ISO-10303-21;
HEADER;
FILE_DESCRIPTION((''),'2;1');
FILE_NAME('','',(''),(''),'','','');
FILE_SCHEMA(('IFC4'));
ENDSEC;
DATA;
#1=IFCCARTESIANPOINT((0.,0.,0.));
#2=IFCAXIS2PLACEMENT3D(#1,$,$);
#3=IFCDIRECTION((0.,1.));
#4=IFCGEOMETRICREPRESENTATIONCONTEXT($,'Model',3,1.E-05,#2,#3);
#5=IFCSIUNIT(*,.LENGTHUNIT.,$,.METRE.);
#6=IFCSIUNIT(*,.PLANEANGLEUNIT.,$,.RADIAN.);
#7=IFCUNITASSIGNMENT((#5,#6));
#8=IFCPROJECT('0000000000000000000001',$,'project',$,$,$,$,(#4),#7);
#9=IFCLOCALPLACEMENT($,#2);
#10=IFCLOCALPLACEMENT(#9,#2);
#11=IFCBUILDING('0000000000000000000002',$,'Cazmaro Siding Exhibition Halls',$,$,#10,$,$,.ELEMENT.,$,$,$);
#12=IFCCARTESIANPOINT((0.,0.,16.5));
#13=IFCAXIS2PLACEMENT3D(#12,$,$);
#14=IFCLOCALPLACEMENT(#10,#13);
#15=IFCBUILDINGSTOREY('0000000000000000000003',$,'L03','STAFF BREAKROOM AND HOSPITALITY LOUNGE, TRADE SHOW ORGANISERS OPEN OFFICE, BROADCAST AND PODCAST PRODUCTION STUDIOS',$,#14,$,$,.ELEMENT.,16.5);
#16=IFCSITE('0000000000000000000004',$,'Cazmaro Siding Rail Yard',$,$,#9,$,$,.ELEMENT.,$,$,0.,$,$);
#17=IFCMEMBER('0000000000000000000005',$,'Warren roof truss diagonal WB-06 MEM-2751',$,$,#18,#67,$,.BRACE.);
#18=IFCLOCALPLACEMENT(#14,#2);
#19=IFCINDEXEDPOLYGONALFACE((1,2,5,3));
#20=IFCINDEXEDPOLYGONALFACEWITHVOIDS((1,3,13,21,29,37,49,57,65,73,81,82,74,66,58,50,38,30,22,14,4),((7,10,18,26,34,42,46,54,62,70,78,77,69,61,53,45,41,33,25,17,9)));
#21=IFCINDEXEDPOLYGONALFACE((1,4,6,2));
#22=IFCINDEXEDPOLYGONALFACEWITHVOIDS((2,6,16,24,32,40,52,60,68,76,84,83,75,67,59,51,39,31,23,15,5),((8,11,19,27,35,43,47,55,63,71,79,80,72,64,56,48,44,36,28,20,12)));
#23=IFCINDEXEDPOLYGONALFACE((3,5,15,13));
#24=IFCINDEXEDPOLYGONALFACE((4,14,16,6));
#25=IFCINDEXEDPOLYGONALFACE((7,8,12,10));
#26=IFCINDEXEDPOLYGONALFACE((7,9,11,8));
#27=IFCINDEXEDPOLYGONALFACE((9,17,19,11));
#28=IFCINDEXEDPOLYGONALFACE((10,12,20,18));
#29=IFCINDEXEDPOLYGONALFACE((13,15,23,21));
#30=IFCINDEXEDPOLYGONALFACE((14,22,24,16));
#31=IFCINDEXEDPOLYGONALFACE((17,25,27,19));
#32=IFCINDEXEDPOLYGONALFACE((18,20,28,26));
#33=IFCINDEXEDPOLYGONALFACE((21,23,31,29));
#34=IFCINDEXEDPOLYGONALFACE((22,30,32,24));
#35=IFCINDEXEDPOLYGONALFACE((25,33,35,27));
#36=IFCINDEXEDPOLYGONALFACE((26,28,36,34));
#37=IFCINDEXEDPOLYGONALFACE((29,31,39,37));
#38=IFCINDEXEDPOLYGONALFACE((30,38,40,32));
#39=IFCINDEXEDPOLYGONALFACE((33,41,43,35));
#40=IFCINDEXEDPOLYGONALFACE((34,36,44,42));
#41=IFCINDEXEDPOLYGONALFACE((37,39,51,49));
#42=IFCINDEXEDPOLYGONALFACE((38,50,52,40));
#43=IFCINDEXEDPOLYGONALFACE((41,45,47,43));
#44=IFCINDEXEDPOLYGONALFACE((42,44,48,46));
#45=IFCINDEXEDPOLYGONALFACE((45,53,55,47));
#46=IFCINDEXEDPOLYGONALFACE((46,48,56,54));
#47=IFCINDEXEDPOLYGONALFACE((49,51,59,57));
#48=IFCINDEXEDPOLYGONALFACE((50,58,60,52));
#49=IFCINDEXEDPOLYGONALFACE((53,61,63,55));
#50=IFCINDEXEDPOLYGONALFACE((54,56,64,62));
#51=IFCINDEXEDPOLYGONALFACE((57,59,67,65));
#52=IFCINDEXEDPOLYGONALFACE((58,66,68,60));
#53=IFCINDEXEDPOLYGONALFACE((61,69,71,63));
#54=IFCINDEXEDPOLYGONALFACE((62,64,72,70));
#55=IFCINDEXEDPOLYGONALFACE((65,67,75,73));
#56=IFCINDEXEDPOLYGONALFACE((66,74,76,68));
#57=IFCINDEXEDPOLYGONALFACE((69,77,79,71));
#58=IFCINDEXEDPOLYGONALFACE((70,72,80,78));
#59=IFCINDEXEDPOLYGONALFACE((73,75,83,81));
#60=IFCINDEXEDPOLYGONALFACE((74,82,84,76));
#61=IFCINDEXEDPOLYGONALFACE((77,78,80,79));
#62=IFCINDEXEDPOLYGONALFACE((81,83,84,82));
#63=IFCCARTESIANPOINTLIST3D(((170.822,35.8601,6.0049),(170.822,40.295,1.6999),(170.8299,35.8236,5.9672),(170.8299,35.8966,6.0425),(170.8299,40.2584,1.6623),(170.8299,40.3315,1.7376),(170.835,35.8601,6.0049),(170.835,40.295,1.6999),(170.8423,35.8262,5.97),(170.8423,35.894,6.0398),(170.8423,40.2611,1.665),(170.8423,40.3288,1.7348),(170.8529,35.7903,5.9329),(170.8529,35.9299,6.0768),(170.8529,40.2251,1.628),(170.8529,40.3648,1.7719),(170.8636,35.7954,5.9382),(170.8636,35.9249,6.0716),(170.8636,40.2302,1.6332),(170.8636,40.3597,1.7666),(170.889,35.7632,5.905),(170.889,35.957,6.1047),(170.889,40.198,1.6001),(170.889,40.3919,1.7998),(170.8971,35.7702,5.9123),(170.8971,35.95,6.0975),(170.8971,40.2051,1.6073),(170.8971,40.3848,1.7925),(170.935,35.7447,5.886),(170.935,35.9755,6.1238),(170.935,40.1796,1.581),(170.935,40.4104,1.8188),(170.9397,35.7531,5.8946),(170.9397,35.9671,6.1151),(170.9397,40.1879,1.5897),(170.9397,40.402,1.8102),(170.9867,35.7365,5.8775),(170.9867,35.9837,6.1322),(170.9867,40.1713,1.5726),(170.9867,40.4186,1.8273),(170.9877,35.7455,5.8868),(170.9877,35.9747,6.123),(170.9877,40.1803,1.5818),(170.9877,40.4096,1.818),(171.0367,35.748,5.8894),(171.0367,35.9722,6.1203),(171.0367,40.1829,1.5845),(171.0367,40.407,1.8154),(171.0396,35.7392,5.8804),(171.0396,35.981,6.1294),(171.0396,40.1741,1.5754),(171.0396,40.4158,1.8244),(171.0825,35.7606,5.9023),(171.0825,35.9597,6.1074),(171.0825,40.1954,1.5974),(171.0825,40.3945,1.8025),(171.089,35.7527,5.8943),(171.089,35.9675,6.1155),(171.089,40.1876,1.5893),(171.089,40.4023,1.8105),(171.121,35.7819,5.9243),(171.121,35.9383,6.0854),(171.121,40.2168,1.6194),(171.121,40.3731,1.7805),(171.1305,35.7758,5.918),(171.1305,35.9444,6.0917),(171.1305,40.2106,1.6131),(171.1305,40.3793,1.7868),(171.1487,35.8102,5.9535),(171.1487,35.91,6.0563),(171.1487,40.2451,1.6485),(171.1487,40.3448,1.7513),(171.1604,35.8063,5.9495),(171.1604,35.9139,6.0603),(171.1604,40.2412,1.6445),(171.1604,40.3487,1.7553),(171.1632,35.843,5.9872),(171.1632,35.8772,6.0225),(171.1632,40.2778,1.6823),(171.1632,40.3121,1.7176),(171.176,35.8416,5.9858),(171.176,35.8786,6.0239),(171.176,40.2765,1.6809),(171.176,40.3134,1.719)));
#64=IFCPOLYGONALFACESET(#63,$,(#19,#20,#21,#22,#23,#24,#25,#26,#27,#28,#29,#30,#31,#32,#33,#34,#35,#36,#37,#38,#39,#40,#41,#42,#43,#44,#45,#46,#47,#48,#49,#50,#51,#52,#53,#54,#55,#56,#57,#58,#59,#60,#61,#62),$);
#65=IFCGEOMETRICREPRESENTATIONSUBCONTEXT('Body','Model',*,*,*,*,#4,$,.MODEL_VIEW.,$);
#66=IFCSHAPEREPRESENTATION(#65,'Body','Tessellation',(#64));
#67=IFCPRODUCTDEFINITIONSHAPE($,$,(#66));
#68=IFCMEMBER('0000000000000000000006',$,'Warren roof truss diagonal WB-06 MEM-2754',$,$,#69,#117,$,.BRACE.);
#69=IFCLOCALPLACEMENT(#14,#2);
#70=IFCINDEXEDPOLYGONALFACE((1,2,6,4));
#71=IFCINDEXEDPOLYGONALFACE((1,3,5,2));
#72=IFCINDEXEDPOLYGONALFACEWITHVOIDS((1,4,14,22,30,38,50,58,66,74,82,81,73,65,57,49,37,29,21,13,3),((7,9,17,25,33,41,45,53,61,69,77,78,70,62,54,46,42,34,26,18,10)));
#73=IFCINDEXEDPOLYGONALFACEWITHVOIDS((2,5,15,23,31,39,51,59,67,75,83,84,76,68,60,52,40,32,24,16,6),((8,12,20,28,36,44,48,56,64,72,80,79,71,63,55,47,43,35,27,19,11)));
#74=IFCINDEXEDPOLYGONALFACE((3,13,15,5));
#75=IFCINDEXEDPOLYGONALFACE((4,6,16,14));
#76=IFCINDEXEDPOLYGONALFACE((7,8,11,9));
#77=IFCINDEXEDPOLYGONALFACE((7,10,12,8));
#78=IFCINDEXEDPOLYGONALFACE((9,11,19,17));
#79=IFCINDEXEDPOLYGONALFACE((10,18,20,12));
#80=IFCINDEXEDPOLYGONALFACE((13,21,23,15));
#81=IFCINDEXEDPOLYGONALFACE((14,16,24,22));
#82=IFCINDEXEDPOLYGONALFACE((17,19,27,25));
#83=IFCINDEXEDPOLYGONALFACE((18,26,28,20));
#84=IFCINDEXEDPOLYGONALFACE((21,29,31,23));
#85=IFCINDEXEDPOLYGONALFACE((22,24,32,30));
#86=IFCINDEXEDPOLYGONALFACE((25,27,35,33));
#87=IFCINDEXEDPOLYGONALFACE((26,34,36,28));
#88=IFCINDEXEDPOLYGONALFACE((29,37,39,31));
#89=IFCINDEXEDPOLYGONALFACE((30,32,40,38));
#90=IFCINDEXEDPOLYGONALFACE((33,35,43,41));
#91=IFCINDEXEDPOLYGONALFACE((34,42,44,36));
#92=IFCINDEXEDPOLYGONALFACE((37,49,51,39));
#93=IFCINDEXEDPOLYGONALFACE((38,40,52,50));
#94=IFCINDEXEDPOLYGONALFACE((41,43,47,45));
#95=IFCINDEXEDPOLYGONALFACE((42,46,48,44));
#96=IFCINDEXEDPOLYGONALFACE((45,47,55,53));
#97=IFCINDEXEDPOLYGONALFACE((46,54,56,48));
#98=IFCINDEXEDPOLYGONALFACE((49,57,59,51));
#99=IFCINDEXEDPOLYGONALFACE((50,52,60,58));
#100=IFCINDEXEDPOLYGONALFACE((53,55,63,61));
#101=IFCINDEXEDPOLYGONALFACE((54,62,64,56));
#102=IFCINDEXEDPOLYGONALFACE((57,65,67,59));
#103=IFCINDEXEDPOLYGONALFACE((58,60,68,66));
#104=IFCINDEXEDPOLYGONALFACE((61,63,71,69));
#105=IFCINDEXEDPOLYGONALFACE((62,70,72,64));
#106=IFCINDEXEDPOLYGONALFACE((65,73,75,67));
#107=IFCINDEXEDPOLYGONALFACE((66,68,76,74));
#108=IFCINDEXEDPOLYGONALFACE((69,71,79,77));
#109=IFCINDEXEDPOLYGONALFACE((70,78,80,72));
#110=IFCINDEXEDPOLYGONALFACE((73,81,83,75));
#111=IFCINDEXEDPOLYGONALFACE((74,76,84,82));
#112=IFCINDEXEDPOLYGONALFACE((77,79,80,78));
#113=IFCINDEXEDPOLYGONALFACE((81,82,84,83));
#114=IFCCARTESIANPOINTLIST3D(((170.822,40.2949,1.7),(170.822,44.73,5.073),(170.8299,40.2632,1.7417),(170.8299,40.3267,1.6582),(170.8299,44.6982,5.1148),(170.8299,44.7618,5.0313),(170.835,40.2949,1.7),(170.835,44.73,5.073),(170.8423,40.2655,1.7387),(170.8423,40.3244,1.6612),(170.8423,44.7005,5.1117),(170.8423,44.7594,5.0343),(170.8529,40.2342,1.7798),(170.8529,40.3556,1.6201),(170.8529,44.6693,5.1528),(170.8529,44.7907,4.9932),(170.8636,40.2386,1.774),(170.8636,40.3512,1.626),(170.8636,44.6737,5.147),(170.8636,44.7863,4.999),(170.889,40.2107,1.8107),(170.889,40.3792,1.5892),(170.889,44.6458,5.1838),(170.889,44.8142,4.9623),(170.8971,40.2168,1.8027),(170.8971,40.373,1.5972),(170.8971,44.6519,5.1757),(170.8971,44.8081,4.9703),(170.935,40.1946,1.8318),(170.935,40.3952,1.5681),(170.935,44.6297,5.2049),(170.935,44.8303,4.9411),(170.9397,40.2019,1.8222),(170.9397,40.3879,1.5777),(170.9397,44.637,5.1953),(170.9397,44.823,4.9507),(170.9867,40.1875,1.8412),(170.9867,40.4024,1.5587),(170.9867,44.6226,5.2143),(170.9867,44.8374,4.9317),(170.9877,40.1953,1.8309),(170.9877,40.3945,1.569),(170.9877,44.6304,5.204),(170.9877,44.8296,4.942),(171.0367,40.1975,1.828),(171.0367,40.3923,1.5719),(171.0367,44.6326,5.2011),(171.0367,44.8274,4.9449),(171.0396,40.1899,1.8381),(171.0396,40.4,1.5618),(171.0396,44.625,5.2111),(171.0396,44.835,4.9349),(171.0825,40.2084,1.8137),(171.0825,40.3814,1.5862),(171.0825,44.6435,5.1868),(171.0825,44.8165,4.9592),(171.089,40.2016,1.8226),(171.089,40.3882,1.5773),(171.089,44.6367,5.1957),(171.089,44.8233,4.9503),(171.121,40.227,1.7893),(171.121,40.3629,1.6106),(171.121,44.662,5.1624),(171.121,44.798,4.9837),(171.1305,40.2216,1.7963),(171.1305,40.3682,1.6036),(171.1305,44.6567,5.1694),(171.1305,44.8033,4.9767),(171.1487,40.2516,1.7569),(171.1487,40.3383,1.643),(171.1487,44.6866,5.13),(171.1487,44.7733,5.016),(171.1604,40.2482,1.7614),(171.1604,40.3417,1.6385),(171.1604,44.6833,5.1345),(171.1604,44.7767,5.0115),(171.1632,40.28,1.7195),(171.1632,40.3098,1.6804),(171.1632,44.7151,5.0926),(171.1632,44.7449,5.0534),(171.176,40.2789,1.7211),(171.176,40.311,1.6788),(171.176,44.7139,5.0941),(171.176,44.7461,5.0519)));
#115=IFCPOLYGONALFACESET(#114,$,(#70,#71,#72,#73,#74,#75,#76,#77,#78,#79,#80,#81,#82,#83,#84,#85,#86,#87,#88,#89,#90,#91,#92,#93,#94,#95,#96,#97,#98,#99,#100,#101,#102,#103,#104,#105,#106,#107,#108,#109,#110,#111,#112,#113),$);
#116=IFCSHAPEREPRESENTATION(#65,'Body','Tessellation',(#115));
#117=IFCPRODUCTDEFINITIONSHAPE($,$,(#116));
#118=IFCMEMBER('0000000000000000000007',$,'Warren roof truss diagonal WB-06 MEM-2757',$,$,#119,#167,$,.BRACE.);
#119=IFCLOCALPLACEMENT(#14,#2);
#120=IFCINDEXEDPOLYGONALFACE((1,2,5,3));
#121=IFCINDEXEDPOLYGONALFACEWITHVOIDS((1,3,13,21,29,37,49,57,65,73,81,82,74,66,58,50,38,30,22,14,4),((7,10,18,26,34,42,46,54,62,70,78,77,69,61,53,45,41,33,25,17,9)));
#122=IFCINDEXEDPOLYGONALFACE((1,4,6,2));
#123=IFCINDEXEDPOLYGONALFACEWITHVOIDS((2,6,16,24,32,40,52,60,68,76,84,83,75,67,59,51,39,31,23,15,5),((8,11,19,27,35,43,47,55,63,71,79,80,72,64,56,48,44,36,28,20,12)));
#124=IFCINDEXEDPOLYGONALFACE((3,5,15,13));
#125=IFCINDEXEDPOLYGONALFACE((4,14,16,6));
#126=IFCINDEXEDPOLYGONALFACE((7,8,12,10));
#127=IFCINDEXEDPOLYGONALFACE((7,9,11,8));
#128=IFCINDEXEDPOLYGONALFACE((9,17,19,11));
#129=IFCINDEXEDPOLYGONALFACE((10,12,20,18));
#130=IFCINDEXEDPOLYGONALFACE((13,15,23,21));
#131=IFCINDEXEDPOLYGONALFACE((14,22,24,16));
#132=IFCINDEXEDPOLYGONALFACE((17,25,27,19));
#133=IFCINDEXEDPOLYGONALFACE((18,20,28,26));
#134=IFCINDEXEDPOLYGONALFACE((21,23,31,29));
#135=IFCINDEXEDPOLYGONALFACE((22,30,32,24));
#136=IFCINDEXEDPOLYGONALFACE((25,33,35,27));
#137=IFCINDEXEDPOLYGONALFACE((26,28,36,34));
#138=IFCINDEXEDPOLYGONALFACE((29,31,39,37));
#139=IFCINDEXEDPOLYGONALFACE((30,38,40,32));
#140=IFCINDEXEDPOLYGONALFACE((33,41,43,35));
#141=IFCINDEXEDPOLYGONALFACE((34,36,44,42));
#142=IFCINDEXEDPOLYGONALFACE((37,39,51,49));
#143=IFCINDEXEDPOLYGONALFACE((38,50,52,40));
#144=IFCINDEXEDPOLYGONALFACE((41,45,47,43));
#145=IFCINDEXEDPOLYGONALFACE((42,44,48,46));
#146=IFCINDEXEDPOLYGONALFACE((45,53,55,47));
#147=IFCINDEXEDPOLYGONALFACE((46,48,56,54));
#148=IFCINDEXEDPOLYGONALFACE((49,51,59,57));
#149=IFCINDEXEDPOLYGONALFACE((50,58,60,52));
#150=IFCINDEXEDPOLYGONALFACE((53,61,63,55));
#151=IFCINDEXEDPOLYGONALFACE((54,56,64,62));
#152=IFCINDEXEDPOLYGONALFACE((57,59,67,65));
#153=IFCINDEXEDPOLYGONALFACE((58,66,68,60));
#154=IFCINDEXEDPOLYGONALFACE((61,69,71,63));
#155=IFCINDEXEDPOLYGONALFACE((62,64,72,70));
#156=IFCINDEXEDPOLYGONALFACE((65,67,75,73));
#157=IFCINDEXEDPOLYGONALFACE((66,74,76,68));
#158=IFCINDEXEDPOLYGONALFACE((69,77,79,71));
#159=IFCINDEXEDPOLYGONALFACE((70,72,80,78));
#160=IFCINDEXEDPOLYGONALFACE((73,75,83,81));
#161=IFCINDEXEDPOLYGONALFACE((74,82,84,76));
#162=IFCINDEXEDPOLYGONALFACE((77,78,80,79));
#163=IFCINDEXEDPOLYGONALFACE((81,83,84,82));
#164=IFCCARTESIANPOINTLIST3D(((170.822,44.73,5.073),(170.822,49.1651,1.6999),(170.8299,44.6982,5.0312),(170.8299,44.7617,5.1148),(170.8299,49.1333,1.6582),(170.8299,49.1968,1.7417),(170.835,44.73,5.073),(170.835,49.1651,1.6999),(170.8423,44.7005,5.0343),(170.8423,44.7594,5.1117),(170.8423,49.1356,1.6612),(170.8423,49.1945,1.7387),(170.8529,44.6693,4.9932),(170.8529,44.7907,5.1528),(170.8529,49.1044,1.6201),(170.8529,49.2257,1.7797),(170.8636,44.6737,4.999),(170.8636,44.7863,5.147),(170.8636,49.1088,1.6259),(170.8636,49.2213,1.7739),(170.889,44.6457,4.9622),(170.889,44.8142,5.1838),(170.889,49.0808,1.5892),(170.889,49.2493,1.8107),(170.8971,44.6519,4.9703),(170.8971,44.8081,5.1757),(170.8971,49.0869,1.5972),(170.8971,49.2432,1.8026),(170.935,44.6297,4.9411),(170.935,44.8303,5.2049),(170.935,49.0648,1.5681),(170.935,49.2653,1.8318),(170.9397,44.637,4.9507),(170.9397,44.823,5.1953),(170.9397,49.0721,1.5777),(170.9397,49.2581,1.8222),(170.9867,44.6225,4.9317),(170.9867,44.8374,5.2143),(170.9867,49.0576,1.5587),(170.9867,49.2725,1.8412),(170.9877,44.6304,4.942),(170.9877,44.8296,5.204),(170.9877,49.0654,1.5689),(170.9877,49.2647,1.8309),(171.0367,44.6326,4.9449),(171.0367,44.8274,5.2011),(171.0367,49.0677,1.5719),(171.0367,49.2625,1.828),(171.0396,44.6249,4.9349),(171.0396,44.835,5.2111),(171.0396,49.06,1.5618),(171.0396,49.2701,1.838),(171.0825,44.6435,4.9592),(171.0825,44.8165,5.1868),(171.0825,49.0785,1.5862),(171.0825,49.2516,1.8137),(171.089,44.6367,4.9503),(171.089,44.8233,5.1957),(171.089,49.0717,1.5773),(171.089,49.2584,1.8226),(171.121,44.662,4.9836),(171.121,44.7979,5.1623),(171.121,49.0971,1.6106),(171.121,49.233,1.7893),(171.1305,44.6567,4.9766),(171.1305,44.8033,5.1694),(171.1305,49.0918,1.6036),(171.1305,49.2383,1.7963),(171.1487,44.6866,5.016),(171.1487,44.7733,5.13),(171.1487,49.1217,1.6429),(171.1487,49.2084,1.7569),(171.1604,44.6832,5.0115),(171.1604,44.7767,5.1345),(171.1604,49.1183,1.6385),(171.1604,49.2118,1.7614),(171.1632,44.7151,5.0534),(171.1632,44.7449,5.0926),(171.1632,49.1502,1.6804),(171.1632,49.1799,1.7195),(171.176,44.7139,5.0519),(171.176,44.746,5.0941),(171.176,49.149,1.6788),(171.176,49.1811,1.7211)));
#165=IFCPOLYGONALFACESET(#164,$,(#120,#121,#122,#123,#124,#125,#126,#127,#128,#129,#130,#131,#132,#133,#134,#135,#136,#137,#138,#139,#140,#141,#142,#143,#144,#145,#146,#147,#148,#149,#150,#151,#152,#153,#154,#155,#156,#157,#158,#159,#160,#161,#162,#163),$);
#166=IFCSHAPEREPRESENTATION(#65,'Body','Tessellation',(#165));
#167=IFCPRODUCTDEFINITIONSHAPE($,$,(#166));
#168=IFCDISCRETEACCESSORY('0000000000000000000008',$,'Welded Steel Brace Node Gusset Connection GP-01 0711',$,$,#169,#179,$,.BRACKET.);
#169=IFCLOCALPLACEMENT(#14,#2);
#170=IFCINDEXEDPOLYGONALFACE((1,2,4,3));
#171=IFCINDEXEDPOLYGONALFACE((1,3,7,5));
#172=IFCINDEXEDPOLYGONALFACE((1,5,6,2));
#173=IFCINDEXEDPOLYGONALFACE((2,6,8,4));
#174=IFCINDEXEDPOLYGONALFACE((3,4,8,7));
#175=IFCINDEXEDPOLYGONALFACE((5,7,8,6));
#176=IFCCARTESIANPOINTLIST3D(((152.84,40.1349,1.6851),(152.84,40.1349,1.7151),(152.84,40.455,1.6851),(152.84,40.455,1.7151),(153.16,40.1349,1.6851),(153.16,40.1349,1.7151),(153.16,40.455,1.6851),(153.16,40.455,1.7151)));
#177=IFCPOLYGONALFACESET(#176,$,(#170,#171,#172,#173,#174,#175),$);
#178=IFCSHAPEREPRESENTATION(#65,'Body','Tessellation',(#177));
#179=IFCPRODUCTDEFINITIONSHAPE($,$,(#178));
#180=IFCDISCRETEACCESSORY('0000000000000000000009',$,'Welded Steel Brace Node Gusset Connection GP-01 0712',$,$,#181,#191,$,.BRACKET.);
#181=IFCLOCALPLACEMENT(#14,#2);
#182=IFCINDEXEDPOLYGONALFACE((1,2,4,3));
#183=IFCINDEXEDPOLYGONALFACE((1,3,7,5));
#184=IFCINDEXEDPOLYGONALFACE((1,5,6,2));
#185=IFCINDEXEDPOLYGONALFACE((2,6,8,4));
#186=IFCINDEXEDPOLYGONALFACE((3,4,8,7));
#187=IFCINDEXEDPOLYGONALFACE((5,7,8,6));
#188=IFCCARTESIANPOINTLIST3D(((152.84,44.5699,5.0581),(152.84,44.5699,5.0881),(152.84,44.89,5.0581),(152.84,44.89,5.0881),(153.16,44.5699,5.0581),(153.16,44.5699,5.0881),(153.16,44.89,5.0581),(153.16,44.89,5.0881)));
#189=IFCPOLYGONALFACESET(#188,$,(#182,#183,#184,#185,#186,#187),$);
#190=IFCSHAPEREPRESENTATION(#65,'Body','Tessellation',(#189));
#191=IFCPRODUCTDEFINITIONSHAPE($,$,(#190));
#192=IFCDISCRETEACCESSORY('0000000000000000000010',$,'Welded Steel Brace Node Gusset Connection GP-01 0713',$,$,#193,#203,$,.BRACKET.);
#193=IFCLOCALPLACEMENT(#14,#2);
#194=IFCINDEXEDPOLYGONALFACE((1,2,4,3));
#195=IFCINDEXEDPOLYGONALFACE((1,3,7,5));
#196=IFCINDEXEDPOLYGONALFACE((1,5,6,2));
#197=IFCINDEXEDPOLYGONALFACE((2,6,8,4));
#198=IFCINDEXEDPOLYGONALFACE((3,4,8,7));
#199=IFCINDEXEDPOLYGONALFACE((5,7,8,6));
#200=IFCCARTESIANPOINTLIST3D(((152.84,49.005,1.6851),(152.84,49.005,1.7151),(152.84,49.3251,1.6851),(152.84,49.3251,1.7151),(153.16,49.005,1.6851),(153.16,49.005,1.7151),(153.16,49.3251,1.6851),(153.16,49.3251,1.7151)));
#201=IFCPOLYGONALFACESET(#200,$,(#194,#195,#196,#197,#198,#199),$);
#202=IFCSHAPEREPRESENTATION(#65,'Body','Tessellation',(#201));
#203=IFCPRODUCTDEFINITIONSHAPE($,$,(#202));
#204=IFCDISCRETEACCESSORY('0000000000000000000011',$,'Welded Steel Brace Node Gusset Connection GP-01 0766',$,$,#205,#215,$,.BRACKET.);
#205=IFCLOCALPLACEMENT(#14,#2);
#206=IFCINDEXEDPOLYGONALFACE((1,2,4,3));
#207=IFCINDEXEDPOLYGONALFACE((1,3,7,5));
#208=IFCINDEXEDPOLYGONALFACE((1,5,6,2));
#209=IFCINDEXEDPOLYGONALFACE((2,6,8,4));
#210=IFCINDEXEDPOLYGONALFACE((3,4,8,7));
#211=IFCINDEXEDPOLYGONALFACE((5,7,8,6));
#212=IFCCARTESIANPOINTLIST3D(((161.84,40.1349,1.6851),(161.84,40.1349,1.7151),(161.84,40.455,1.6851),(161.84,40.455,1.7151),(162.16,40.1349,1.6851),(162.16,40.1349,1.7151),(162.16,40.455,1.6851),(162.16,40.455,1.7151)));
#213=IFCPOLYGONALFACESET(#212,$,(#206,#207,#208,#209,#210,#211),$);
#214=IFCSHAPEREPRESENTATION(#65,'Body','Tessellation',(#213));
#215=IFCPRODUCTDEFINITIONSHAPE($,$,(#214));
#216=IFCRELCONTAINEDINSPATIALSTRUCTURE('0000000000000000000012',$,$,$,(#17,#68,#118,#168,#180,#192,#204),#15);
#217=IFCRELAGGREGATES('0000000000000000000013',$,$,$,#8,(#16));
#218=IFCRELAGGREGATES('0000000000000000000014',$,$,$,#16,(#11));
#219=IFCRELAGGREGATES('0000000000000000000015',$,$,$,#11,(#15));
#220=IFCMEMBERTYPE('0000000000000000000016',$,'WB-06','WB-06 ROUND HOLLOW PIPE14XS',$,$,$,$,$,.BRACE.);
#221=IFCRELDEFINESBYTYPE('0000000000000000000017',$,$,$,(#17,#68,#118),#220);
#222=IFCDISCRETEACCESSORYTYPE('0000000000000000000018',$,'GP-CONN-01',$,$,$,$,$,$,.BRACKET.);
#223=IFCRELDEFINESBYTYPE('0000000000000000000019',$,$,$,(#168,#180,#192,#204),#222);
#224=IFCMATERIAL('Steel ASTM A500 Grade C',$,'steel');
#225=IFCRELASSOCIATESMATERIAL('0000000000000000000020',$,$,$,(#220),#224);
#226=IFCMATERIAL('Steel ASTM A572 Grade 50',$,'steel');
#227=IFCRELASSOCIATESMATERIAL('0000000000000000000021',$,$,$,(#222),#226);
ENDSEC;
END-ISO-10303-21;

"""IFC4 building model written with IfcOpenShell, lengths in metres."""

from ifc_helpers import new_model, si_unit, direction, frame, origin, origin_2d, place, context, subcontext, project, spatial, rectangle, hollow_circle, extrude, material, material_profile, profile_set, type_object, element, save


model = new_model("IFC4")

# Units and contexts
model_context = context("Model", 3, precision=1e-05, world=origin(), true_north=direction((0.0, 1.0)))
body_context = subcontext(model_context, "Body", "Model", "MODEL_VIEW")
ifc_project = project(units=[si_unit("LENGTHUNIT", "METRE"), si_unit("PLANEANGLEUNIT", "RADIAN")], contexts=[model_context])

# Site, building, storey
site_placement = place(None, origin())
site = spatial("IfcSite", under=ifc_project, at=site_placement, Name="Cazmaro Siding Rail Yard", CompositionType="ELEMENT", RefElevation=0.0)
building_placement = place(site_placement, origin())
building = spatial("IfcBuilding", under=site, at=building_placement, Name="Cazmaro Siding Exhibition Halls", CompositionType="ELEMENT")
storey_placement = place(building_placement, frame((0.0, 0.0, 16.5)))
storey = spatial("IfcBuildingStorey", under=building, at=storey_placement, Name="L03", Description="STAFF BREAKROOM AND HOSPITALITY LOUNGE, TRADE SHOW ORGANISERS OPEN OFFICE, BROADCAST AND PODCAST PRODUCTION STUDIOS", CompositionType="ELEMENT", Elevation=16.5)

# Members
ifc_material_1 = material(Name="Steel ASTM A500 Grade C", Category="steel")
ifc_material_profile_1 = material_profile(ifc_material_1, hollow_circle(Radius=0.178, WallThickness=0.0129, at=origin_2d()), Name="PIPE14XS")
ifc_profile_set_1 = profile_set([ifc_material_profile_1], Name="Steel ASTM A500 Grade C")
member_type_1 = type_object("IfcMemberType", Name="WB-06", Description="WB-06 ROUND HOLLOW PIPE14XS", PredefinedType="BRACE", material=ifc_profile_set_1)
member_1_placement = place(storey_placement, frame((171.0, 35.8601, 6.0049), z_axis=(0.0, 0.717536, -0.696521), x_axis=(-1.0, 0.0, 0.0)))
element("IfcMember", 1, at=member_1_placement, inside=storey, type_object=member_type_1, Name="Warren roof truss diagonal WB-06 MEM-2751", PredefinedType="BRACE", context=body_context, shape_type="SweptSolid", body=[
    extrude(hollow_circle(Radius=0.178, WallThickness=0.0129, at=origin_2d()), origin(), (0.0, 0.0, 1.0), 6.1807),
])
for number, where, z_axis, x_axis, name in (
    (2, (171.0, 40.2949, 1.7), (0.0, 0.795954, 0.605357), (-1.0, 0.0, 0.0), "Warren roof truss diagonal WB-06 MEM-2754"),
    (3, (171.0, 44.73, 5.073), (0.0, 0.795954, -0.605357), (-1.0, 0.0, 0.0), "Warren roof truss diagonal WB-06 MEM-2757"),
):
    element("IfcMember", number, at=place(storey_placement, frame(where, z_axis=z_axis, x_axis=x_axis)), inside=storey, type_object=member_type_1, Name=name, PredefinedType="BRACE", context=body_context, shape_type="SweptSolid", body=[
        extrude(hollow_circle(Radius=0.178, WallThickness=0.0129, at=origin_2d()), origin(), (0.0, 0.0, 1.0), 5.572),
    ])

# Discrete accessories
ifc_material_2 = material(Name="Steel ASTM A572 Grade 50", Category="steel")
discrete_accessory_type = type_object("IfcDiscreteAccessoryType", Name="GP-CONN-01", PredefinedType="BRACKET", material=ifc_material_2)
for number, where, z_axis, x_axis, name in (
    (4, (153.0, 40.2949, 1.6851), (0.0, 0.0, 1.0), (1.0, 0.0, 0.0), "Welded Steel Brace Node Gusset Connection GP-01 0711"),
    (5, (153.0, 44.73, 5.0581), (0.0, 0.0, 1.0), (1.0, 0.0, 0.0), "Welded Steel Brace Node Gusset Connection GP-01 0712"),
    (6, (153.0, 49.165, 1.6851), (0.0, 0.0, 1.0), (1.0, 0.0, 0.0), "Welded Steel Brace Node Gusset Connection GP-01 0713"),
    (7, (162.0, 40.2949, 1.6851), (0.0, 0.0, 1.0), (1.0, 0.0, 0.0), "Welded Steel Brace Node Gusset Connection GP-01 0766"),
):
    element("IfcDiscreteAccessory", number, at=place(storey_placement, frame(where, z_axis=z_axis, x_axis=x_axis)), inside=storey, type_object=discrete_accessory_type, Name=name, PredefinedType="BRACKET", context=body_context, shape_type="SweptSolid", body=[
        extrude(rectangle(XDim=0.3201, YDim=0.3201, at=origin_2d()), origin(), (0.0, 0.0, 1.0), 0.03),
    ])

save(model, "model.ifc")
